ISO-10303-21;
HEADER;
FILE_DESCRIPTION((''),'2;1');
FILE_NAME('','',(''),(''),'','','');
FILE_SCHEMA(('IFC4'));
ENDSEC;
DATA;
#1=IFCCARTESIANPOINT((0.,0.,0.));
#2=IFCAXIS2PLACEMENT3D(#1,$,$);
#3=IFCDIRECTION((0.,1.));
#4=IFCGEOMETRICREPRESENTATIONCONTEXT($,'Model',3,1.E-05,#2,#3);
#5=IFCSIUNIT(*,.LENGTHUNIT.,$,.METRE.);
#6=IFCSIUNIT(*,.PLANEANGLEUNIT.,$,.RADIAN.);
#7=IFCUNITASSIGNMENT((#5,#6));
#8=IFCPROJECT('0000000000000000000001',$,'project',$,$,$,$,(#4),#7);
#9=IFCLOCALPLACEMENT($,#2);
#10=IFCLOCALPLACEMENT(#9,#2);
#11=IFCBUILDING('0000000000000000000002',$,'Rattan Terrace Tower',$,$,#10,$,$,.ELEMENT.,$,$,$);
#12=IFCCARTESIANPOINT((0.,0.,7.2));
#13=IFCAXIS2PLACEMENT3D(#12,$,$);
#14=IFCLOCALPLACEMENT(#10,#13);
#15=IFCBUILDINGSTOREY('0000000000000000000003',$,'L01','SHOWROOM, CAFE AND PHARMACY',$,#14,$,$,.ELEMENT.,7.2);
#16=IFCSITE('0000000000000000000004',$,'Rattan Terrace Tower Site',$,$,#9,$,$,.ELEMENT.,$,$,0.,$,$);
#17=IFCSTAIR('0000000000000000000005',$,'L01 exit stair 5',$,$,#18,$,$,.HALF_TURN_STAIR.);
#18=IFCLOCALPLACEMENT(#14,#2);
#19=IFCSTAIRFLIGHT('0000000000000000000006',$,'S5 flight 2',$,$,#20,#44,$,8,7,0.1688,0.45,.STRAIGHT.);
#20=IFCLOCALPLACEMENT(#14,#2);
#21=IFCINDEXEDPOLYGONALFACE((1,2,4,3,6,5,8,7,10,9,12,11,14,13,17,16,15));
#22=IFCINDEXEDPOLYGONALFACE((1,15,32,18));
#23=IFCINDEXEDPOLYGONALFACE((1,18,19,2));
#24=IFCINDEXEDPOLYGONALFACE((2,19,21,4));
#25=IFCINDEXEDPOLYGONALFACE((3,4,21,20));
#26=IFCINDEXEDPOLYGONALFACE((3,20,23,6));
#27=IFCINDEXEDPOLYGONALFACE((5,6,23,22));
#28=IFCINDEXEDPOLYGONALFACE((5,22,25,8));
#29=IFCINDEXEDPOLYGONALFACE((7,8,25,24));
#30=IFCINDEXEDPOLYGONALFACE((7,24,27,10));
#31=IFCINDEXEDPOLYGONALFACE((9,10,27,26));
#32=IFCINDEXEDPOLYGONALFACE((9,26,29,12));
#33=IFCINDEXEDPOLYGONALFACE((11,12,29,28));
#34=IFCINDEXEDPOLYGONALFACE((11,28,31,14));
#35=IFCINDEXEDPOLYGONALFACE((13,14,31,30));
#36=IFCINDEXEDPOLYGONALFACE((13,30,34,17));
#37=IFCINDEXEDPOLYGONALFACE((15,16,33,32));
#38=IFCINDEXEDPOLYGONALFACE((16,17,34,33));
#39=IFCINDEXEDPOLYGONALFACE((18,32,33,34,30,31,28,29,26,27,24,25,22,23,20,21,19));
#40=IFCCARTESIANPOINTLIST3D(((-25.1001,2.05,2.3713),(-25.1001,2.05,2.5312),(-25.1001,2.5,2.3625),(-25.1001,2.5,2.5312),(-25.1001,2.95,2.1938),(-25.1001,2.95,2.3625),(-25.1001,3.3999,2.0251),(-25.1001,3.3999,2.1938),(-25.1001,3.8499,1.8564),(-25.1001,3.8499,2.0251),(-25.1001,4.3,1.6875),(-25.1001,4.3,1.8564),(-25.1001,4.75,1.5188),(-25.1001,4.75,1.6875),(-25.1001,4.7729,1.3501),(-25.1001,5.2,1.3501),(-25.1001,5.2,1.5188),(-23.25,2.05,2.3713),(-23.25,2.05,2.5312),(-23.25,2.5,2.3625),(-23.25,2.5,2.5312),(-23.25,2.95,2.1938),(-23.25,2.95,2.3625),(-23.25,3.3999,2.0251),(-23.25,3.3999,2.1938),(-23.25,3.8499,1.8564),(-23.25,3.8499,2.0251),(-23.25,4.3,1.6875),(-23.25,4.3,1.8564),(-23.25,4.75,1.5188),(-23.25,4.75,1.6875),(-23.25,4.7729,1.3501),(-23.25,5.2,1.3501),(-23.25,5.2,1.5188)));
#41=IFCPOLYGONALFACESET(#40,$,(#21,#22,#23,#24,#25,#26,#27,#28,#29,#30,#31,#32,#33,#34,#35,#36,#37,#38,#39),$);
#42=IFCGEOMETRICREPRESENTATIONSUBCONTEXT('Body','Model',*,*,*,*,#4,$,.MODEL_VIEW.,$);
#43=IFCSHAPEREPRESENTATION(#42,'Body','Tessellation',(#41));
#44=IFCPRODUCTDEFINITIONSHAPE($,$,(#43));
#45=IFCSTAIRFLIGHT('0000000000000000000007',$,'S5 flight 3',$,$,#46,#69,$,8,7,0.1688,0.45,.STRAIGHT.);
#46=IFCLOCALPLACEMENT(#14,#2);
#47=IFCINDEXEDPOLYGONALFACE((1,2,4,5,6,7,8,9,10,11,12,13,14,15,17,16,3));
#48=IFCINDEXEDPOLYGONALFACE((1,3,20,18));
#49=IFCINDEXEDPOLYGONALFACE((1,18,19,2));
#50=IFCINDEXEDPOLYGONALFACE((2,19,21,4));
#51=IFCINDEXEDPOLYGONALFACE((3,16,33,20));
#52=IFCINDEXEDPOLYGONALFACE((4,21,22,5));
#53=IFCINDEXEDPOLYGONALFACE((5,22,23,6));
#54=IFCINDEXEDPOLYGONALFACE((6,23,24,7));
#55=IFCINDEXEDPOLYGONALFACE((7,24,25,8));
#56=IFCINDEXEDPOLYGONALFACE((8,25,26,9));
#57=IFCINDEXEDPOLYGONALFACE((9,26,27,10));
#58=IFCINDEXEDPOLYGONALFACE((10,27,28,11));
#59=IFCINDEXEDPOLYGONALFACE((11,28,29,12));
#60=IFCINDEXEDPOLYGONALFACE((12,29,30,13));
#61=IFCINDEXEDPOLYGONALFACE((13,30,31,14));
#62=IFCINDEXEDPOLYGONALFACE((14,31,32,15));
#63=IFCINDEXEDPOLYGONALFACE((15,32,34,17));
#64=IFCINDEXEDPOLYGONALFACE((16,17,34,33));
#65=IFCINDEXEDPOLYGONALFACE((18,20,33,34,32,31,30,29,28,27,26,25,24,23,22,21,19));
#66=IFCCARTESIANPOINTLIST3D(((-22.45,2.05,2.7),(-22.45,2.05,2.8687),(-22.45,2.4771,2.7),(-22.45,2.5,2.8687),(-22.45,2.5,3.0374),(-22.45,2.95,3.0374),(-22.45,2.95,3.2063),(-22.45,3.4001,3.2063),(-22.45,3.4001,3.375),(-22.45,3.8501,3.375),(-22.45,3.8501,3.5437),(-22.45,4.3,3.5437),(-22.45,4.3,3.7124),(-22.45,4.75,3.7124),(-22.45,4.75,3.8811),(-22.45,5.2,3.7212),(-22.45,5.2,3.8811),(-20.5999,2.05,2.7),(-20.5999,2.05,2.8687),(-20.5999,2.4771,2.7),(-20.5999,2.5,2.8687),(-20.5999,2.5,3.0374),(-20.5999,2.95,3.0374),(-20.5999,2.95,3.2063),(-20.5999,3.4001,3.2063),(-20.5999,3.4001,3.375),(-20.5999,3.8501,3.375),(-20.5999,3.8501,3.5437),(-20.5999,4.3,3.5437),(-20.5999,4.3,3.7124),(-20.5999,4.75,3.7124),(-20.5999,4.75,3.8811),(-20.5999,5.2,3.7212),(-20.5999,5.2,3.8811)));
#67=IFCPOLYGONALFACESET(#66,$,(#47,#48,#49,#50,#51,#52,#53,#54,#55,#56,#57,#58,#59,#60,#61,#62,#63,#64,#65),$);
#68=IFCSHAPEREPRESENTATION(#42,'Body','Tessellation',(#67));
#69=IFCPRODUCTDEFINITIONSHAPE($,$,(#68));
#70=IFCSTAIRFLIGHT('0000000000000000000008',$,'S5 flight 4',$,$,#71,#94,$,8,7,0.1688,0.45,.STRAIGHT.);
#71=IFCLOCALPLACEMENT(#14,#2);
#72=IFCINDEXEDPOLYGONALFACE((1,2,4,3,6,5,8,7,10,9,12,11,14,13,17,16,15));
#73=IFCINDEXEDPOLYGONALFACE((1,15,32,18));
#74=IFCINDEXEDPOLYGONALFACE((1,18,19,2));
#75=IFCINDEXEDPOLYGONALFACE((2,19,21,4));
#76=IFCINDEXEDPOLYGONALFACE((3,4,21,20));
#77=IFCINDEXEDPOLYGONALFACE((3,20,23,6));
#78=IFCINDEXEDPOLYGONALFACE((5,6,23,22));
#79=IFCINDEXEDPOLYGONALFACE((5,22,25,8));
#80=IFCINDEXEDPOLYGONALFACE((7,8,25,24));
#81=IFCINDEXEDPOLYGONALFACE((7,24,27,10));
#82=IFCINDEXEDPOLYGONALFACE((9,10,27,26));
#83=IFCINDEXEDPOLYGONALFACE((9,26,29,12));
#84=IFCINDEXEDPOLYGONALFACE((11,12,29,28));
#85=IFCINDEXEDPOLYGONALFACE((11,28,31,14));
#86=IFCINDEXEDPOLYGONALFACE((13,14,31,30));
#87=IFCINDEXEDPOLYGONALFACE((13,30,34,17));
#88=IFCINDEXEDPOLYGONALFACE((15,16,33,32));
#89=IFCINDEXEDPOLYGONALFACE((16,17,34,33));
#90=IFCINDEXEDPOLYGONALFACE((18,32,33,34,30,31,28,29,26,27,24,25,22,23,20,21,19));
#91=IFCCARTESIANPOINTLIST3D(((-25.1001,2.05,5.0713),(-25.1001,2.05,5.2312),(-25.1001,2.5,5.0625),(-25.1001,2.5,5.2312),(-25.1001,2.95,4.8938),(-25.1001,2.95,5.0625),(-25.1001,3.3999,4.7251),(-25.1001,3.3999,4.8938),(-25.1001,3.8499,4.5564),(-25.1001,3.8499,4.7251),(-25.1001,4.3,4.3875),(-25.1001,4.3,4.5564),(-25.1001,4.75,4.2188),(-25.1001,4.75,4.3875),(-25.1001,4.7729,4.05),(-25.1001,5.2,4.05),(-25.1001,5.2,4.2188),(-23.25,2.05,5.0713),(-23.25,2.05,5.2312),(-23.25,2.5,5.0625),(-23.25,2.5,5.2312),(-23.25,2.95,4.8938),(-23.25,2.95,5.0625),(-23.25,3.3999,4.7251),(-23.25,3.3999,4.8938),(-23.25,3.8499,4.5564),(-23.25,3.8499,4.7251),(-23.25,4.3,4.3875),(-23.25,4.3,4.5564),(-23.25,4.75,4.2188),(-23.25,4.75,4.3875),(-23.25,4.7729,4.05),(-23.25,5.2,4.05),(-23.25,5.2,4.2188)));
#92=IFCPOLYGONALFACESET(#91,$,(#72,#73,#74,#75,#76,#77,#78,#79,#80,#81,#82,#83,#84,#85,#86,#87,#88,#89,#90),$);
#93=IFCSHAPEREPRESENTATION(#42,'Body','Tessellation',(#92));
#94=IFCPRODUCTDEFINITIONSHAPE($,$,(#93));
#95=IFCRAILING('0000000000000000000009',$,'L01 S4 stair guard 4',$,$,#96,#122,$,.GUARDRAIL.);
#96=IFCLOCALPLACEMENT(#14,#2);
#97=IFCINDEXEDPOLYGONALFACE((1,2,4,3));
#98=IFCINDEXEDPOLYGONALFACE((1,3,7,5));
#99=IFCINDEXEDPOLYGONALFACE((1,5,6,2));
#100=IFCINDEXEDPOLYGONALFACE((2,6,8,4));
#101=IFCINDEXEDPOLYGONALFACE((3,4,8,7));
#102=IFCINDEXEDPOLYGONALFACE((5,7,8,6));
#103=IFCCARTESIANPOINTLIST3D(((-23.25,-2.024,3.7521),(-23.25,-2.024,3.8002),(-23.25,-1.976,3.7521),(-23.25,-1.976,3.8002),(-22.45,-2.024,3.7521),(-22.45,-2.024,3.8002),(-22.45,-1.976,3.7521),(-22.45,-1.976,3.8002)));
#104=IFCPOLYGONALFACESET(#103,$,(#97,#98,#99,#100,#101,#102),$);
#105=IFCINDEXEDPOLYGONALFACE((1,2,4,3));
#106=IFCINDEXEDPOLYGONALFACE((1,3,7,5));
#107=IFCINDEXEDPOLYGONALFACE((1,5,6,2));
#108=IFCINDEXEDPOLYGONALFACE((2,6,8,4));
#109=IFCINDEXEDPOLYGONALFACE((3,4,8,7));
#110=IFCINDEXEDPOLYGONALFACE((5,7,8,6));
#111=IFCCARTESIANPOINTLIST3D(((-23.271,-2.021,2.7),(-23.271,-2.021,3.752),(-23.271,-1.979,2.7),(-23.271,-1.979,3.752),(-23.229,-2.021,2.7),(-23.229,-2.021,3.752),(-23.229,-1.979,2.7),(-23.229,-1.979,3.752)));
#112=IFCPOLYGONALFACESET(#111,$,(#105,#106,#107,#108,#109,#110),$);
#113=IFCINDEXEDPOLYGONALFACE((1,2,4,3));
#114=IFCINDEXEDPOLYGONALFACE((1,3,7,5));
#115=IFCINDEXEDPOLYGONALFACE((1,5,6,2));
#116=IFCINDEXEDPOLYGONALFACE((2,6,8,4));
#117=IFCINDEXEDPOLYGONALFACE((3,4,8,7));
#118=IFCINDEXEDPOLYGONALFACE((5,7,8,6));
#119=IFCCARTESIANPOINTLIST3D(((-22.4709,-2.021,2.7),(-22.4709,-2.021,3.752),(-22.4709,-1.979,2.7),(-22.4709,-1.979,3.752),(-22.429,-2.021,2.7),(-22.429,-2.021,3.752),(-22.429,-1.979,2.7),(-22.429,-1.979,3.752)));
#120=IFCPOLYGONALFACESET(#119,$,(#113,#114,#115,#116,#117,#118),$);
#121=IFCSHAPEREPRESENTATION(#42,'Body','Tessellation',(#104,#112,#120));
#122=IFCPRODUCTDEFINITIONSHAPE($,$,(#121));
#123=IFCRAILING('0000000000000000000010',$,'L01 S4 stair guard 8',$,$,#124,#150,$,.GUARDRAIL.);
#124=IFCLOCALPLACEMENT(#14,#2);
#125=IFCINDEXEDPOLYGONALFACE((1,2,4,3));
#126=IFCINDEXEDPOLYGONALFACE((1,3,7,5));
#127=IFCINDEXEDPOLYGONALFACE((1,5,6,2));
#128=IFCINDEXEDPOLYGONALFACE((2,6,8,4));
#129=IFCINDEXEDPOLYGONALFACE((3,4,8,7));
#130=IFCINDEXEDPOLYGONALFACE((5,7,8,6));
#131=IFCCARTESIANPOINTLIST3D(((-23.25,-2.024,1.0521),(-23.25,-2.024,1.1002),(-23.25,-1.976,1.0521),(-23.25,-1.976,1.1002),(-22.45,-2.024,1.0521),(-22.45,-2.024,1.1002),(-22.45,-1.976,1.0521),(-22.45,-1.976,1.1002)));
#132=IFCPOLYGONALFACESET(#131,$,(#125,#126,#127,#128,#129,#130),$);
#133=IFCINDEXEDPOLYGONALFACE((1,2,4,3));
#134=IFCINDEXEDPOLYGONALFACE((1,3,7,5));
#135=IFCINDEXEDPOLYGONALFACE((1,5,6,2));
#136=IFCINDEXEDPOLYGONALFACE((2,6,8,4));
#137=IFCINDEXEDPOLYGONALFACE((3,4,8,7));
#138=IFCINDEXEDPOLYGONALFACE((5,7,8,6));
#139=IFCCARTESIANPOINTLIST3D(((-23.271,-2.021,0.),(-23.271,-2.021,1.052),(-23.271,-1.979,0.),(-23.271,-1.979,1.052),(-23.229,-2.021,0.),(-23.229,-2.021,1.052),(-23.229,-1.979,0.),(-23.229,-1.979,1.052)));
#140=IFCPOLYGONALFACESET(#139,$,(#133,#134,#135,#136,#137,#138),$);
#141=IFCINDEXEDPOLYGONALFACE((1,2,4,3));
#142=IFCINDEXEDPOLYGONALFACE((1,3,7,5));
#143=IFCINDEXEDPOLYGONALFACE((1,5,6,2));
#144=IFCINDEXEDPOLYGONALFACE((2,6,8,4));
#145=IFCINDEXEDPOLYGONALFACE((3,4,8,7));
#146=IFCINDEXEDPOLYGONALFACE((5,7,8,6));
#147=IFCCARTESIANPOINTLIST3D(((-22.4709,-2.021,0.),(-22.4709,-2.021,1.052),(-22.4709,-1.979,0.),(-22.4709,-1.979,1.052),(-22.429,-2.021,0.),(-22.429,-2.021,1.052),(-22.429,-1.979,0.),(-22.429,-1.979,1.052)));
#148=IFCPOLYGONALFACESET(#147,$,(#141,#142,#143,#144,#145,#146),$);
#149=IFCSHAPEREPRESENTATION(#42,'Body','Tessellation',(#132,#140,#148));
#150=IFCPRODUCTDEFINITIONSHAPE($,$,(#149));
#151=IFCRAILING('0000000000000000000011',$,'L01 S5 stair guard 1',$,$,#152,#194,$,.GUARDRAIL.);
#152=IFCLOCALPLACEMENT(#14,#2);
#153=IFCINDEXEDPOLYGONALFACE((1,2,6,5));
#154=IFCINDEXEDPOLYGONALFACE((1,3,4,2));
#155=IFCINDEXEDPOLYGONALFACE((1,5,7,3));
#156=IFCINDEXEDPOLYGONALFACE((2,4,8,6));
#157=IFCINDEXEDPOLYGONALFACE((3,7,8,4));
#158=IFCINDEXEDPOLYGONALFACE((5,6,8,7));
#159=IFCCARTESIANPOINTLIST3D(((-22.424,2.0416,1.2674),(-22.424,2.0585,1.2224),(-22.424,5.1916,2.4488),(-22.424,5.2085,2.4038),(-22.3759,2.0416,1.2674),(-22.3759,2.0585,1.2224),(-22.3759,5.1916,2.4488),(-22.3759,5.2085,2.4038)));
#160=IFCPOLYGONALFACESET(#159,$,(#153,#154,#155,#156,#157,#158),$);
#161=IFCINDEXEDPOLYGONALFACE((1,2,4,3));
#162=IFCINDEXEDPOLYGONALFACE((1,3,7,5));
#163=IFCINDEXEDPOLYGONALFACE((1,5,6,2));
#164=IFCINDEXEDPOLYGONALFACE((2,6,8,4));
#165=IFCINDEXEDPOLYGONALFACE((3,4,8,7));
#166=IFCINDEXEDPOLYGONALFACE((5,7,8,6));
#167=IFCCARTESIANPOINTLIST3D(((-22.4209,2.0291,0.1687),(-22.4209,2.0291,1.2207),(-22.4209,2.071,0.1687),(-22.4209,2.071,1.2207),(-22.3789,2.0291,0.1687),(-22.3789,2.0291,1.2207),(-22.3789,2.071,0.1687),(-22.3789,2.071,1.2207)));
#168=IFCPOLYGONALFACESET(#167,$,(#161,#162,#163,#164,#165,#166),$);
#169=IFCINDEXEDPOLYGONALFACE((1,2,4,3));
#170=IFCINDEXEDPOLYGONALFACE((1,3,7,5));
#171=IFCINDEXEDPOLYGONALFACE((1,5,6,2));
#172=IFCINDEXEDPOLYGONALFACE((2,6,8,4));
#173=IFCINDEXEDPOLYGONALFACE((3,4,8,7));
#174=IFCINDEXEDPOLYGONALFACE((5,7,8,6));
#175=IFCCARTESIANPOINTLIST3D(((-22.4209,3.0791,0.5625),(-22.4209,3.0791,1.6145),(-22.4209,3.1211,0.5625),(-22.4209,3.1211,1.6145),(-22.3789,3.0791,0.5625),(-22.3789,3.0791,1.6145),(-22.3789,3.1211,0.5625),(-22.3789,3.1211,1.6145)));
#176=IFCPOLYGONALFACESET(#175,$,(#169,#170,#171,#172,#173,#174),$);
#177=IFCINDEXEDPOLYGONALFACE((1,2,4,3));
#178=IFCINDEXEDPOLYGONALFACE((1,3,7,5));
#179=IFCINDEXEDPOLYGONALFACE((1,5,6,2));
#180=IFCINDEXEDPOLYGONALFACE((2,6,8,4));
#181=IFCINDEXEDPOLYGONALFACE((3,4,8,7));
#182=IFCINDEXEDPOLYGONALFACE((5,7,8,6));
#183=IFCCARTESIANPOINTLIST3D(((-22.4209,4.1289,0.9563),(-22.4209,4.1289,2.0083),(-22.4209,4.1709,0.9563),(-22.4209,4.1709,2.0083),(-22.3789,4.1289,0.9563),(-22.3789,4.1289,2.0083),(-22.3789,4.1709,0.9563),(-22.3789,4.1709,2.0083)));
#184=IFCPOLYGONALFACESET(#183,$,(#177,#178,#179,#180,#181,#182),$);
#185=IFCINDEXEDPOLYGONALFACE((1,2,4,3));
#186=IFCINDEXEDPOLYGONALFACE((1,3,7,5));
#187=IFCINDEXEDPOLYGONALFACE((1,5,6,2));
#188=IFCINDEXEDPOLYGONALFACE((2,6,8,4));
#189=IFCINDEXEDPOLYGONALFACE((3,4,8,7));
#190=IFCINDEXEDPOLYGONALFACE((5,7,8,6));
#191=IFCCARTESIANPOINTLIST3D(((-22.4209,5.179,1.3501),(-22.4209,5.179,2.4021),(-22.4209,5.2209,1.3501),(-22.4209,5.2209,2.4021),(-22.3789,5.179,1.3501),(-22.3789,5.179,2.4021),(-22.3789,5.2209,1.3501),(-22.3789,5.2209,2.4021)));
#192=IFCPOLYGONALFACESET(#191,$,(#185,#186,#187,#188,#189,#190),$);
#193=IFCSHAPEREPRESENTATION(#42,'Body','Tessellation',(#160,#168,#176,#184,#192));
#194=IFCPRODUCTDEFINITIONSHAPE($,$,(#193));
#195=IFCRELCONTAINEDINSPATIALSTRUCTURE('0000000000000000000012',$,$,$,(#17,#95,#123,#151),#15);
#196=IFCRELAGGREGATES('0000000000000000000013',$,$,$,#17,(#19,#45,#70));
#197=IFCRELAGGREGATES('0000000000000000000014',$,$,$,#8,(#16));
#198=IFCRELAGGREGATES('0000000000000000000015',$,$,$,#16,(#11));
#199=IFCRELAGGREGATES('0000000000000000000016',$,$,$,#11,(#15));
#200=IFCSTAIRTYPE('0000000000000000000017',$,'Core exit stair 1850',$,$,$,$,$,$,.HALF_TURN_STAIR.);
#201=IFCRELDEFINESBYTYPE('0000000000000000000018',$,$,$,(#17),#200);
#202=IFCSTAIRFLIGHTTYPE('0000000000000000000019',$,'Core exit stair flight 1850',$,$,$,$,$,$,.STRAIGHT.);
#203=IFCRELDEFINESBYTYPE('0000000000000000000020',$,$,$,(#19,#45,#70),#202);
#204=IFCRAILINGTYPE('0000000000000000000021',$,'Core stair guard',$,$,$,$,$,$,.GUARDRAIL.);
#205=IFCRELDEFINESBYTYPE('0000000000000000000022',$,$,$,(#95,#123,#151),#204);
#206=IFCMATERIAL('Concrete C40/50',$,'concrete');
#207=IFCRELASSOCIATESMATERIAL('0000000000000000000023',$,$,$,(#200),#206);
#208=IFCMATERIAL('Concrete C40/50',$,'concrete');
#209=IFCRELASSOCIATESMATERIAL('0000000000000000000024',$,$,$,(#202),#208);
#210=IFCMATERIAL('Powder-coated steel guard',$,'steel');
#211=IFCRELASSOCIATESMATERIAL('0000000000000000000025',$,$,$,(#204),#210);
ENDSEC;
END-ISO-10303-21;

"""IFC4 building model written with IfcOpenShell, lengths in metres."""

from ifc_helpers import new_model, si_unit, direction, frame, origin, origin_2d, place, context, subcontext, project, spatial, polyline, rectangle, outline, extrude, material, type_object, element, aggregate, save


model = new_model("IFC4")

# Units and contexts
model_context = context("Model", 3, precision=1e-05, world=origin(), true_north=direction((0.0, 1.0)))
body_context = subcontext(model_context, "Body", "Model", "MODEL_VIEW")
ifc_project = project(units=[si_unit("LENGTHUNIT", "METRE"), si_unit("PLANEANGLEUNIT", "RADIAN")], contexts=[model_context])

# Site, building, storey
site_placement = place(None, origin())
site = spatial("IfcSite", under=ifc_project, at=site_placement, Name="Rattan Terrace Tower Site", CompositionType="ELEMENT", RefElevation=0.0)
building_placement = place(site_placement, origin())
building = spatial("IfcBuilding", under=site, at=building_placement, Name="Rattan Terrace Tower", CompositionType="ELEMENT")
storey_placement = place(building_placement, frame((0.0, 0.0, 7.2)))
storey = spatial("IfcBuildingStorey", under=building, at=storey_placement, Name="L01", Description="SHOWROOM, CAFE AND PHARMACY", CompositionType="ELEMENT", Elevation=7.2)

# Stair, stair flights
ifc_material_1 = material(Name="Concrete C40/50", Category="concrete")
stair_type = type_object("IfcStairType", Name="Core exit stair 1850", PredefinedType="HALF_TURN_STAIR", material=ifc_material_1)
stair_placement = place(storey_placement, origin())
stair = element("IfcStair", 1, at=stair_placement, inside=storey, type_object=stair_type, Name="L01 exit stair 5", PredefinedType="HALF_TURN_STAIR")
ifc_material_2 = material(Name="Concrete C40/50", Category="concrete")
stair_flight_type = type_object("IfcStairFlightType", Name="Core exit stair flight 1850", PredefinedType="STRAIGHT", material=ifc_material_2)
stair_flight_1_placement = place(storey_placement, frame((-24.175, 5.2, 1.3501), z_axis=(0.0, 0.0, 1.0), x_axis=(0.0, -1.0, 0.0)))
stair_flight_1 = element("IfcStairFlight", 2, at=stair_flight_1_placement, type_object=stair_flight_type, Name="S5 flight 2", NumberOfRisers=8, NumberOfTreads=7, PredefinedType="STRAIGHT", RiserHeight=0.1688, TreadLength=0.45, context=body_context, shape_type="SweptSolid", body=[
    extrude(outline(polyline([(0.0, 0.0), (0.0, 0.1687), (0.45, 0.1687), (0.45, 0.3374), (0.8999, 0.3374), (0.8999, 0.5063), (1.3501, 0.5063), (1.3501, 0.675), (1.8, 0.675), (1.8, 0.8438), (2.25, 0.8438), (2.25, 1.0125), (2.7, 1.0125), (2.7, 1.1812), (3.1499, 1.1812), (3.1499, 1.3501), (3.1499, 1.0212), (0.427, 0.0), (0.0, 0.0)])), frame((0.0, 0.925, 0.0), z_axis=(0.0, -1.0, 0.0), x_axis=(1.0, 0.0, 0.0)), (0.0, 0.0, 1.0), 1.8501),
])
stair_flight_2_placement = place(storey_placement, frame((-21.5249, 2.05, 2.7), z_axis=(0.0, 0.0, 1.0), x_axis=(0.0, 1.0, 0.0)))
stair_flight_2 = element("IfcStairFlight", 3, at=stair_flight_2_placement, type_object=stair_flight_type, Name="S5 flight 3", NumberOfRisers=8, NumberOfTreads=7, PredefinedType="STRAIGHT", RiserHeight=0.1688, TreadLength=0.45, context=body_context, shape_type="SweptSolid", body=[
    extrude(outline(polyline([(0.0, 0.0), (0.0, 0.1687), (0.45, 0.1687), (0.45, 0.3374), (0.8999, 0.3374), (0.8999, 0.5063), (1.3501, 0.5063), (1.3501, 0.675), (1.8, 0.675), (1.8, 0.8438), (2.25, 0.8438), (2.25, 1.0125), (2.7, 1.0125), (2.7, 1.1812), (3.1499, 1.1812), (3.1499, 1.3501), (3.1499, 1.0212), (0.427, 0.0), (0.0, 0.0)])), frame((0.0, 0.925, 0.0), z_axis=(0.0, -1.0, 0.0), x_axis=(1.0, 0.0, 0.0)), (0.0, 0.0, 1.0), 1.8501),
])
stair_flight_3_placement = place(storey_placement, frame((-24.175, 5.2, 4.05), z_axis=(0.0, 0.0, 1.0), x_axis=(0.0, -1.0, 0.0)))
stair_flight_3 = element("IfcStairFlight", 4, at=stair_flight_3_placement, type_object=stair_flight_type, Name="S5 flight 4", NumberOfRisers=8, NumberOfTreads=7, PredefinedType="STRAIGHT", RiserHeight=0.1688, TreadLength=0.45, context=body_context, shape_type="SweptSolid", body=[
    extrude(outline(polyline([(0.0, 0.0), (0.0, 0.1687), (0.45, 0.1687), (0.45, 0.3374), (0.8999, 0.3374), (0.8999, 0.5063), (1.3501, 0.5063), (1.3501, 0.675), (1.8, 0.675), (1.8, 0.8438), (2.25, 0.8438), (2.25, 1.0125), (2.7, 1.0125), (2.7, 1.1812), (3.1499, 1.1812), (3.1499, 1.3501), (3.1499, 1.0212), (0.427, 0.0), (0.0, 0.0)])), frame((0.0, 0.925, 0.0), z_axis=(0.0, -1.0, 0.0), x_axis=(1.0, 0.0, 0.0)), (0.0, 0.0, 1.0), 1.8501),
])
aggregate(stair, [stair_flight_1, stair_flight_2, stair_flight_3])

# Railings
ifc_material_3 = material(Name="Powder-coated steel guard", Category="steel")
railing_type_1 = type_object("IfcRailingType", Name="Core stair guard", PredefinedType="GUARDRAIL", material=ifc_material_3)
for number, where, name in (
    (5, (-23.25, -2.0, 2.7), "L01 S4 stair guard 4"),
    (6, (-23.25, -2.0, 0.0), "L01 S4 stair guard 8"),
):
    element("IfcRailing", number, at=place(storey_placement, frame(where)), inside=storey, type_object=railing_type_1, Name=name, PredefinedType="GUARDRAIL", context=body_context, shape_type="SweptSolid", body=[
        extrude(rectangle(XDim=0.0481, YDim=0.0481, at=origin_2d()), frame((0.0, 0.0, 1.0762), z_axis=(1.0, 0.0, 0.0), x_axis=(0.0, 1.0, 0.0)), (0.0, 0.0, 1.0), 0.8),
        extrude(rectangle(XDim=0.042, YDim=0.042, at=origin_2d()), origin(), (0.0, 0.0, 1.0), 1.052),
        extrude(rectangle(XDim=0.042, YDim=0.042, at=origin_2d()), frame((0.8, 0.0, 0.0)), (0.0, 0.0, 1.0), 1.052),
    ])
railing_1_placement = place(storey_placement, frame((-22.3999, 2.05, 0.1687)))
element("IfcRailing", 7, at=railing_1_placement, inside=storey, type_object=railing_type_1, Name="L01 S5 stair guard 1", PredefinedType="GUARDRAIL", context=body_context, shape_type="SweptSolid", body=[
    extrude(rectangle(XDim=0.0481, YDim=0.0481, at=origin_2d()), frame((0.0, 0.0, 1.0762), z_axis=(0.0, 0.936311, 0.351171), x_axis=(-1.0, 0.0, 0.0)), (0.0, 0.0, 1.0), 3.3643),
    extrude(rectangle(XDim=0.042, YDim=0.042, at=origin_2d()), origin(), (0.0, 0.0, 1.0), 1.052),
    extrude(rectangle(XDim=0.042, YDim=0.042, at=origin_2d()), frame((0.0, 1.05, 0.3938)), (0.0, 0.0, 1.0), 1.052),
    extrude(rectangle(XDim=0.042, YDim=0.042, at=origin_2d()), frame((0.0, 2.0999, 0.7876)), (0.0, 0.0, 1.0), 1.052),
    extrude(rectangle(XDim=0.042, YDim=0.042, at=origin_2d()), frame((0.0, 3.1499, 1.1814)), (0.0, 0.0, 1.0), 1.052),
])

save(model, "model.ifc")
